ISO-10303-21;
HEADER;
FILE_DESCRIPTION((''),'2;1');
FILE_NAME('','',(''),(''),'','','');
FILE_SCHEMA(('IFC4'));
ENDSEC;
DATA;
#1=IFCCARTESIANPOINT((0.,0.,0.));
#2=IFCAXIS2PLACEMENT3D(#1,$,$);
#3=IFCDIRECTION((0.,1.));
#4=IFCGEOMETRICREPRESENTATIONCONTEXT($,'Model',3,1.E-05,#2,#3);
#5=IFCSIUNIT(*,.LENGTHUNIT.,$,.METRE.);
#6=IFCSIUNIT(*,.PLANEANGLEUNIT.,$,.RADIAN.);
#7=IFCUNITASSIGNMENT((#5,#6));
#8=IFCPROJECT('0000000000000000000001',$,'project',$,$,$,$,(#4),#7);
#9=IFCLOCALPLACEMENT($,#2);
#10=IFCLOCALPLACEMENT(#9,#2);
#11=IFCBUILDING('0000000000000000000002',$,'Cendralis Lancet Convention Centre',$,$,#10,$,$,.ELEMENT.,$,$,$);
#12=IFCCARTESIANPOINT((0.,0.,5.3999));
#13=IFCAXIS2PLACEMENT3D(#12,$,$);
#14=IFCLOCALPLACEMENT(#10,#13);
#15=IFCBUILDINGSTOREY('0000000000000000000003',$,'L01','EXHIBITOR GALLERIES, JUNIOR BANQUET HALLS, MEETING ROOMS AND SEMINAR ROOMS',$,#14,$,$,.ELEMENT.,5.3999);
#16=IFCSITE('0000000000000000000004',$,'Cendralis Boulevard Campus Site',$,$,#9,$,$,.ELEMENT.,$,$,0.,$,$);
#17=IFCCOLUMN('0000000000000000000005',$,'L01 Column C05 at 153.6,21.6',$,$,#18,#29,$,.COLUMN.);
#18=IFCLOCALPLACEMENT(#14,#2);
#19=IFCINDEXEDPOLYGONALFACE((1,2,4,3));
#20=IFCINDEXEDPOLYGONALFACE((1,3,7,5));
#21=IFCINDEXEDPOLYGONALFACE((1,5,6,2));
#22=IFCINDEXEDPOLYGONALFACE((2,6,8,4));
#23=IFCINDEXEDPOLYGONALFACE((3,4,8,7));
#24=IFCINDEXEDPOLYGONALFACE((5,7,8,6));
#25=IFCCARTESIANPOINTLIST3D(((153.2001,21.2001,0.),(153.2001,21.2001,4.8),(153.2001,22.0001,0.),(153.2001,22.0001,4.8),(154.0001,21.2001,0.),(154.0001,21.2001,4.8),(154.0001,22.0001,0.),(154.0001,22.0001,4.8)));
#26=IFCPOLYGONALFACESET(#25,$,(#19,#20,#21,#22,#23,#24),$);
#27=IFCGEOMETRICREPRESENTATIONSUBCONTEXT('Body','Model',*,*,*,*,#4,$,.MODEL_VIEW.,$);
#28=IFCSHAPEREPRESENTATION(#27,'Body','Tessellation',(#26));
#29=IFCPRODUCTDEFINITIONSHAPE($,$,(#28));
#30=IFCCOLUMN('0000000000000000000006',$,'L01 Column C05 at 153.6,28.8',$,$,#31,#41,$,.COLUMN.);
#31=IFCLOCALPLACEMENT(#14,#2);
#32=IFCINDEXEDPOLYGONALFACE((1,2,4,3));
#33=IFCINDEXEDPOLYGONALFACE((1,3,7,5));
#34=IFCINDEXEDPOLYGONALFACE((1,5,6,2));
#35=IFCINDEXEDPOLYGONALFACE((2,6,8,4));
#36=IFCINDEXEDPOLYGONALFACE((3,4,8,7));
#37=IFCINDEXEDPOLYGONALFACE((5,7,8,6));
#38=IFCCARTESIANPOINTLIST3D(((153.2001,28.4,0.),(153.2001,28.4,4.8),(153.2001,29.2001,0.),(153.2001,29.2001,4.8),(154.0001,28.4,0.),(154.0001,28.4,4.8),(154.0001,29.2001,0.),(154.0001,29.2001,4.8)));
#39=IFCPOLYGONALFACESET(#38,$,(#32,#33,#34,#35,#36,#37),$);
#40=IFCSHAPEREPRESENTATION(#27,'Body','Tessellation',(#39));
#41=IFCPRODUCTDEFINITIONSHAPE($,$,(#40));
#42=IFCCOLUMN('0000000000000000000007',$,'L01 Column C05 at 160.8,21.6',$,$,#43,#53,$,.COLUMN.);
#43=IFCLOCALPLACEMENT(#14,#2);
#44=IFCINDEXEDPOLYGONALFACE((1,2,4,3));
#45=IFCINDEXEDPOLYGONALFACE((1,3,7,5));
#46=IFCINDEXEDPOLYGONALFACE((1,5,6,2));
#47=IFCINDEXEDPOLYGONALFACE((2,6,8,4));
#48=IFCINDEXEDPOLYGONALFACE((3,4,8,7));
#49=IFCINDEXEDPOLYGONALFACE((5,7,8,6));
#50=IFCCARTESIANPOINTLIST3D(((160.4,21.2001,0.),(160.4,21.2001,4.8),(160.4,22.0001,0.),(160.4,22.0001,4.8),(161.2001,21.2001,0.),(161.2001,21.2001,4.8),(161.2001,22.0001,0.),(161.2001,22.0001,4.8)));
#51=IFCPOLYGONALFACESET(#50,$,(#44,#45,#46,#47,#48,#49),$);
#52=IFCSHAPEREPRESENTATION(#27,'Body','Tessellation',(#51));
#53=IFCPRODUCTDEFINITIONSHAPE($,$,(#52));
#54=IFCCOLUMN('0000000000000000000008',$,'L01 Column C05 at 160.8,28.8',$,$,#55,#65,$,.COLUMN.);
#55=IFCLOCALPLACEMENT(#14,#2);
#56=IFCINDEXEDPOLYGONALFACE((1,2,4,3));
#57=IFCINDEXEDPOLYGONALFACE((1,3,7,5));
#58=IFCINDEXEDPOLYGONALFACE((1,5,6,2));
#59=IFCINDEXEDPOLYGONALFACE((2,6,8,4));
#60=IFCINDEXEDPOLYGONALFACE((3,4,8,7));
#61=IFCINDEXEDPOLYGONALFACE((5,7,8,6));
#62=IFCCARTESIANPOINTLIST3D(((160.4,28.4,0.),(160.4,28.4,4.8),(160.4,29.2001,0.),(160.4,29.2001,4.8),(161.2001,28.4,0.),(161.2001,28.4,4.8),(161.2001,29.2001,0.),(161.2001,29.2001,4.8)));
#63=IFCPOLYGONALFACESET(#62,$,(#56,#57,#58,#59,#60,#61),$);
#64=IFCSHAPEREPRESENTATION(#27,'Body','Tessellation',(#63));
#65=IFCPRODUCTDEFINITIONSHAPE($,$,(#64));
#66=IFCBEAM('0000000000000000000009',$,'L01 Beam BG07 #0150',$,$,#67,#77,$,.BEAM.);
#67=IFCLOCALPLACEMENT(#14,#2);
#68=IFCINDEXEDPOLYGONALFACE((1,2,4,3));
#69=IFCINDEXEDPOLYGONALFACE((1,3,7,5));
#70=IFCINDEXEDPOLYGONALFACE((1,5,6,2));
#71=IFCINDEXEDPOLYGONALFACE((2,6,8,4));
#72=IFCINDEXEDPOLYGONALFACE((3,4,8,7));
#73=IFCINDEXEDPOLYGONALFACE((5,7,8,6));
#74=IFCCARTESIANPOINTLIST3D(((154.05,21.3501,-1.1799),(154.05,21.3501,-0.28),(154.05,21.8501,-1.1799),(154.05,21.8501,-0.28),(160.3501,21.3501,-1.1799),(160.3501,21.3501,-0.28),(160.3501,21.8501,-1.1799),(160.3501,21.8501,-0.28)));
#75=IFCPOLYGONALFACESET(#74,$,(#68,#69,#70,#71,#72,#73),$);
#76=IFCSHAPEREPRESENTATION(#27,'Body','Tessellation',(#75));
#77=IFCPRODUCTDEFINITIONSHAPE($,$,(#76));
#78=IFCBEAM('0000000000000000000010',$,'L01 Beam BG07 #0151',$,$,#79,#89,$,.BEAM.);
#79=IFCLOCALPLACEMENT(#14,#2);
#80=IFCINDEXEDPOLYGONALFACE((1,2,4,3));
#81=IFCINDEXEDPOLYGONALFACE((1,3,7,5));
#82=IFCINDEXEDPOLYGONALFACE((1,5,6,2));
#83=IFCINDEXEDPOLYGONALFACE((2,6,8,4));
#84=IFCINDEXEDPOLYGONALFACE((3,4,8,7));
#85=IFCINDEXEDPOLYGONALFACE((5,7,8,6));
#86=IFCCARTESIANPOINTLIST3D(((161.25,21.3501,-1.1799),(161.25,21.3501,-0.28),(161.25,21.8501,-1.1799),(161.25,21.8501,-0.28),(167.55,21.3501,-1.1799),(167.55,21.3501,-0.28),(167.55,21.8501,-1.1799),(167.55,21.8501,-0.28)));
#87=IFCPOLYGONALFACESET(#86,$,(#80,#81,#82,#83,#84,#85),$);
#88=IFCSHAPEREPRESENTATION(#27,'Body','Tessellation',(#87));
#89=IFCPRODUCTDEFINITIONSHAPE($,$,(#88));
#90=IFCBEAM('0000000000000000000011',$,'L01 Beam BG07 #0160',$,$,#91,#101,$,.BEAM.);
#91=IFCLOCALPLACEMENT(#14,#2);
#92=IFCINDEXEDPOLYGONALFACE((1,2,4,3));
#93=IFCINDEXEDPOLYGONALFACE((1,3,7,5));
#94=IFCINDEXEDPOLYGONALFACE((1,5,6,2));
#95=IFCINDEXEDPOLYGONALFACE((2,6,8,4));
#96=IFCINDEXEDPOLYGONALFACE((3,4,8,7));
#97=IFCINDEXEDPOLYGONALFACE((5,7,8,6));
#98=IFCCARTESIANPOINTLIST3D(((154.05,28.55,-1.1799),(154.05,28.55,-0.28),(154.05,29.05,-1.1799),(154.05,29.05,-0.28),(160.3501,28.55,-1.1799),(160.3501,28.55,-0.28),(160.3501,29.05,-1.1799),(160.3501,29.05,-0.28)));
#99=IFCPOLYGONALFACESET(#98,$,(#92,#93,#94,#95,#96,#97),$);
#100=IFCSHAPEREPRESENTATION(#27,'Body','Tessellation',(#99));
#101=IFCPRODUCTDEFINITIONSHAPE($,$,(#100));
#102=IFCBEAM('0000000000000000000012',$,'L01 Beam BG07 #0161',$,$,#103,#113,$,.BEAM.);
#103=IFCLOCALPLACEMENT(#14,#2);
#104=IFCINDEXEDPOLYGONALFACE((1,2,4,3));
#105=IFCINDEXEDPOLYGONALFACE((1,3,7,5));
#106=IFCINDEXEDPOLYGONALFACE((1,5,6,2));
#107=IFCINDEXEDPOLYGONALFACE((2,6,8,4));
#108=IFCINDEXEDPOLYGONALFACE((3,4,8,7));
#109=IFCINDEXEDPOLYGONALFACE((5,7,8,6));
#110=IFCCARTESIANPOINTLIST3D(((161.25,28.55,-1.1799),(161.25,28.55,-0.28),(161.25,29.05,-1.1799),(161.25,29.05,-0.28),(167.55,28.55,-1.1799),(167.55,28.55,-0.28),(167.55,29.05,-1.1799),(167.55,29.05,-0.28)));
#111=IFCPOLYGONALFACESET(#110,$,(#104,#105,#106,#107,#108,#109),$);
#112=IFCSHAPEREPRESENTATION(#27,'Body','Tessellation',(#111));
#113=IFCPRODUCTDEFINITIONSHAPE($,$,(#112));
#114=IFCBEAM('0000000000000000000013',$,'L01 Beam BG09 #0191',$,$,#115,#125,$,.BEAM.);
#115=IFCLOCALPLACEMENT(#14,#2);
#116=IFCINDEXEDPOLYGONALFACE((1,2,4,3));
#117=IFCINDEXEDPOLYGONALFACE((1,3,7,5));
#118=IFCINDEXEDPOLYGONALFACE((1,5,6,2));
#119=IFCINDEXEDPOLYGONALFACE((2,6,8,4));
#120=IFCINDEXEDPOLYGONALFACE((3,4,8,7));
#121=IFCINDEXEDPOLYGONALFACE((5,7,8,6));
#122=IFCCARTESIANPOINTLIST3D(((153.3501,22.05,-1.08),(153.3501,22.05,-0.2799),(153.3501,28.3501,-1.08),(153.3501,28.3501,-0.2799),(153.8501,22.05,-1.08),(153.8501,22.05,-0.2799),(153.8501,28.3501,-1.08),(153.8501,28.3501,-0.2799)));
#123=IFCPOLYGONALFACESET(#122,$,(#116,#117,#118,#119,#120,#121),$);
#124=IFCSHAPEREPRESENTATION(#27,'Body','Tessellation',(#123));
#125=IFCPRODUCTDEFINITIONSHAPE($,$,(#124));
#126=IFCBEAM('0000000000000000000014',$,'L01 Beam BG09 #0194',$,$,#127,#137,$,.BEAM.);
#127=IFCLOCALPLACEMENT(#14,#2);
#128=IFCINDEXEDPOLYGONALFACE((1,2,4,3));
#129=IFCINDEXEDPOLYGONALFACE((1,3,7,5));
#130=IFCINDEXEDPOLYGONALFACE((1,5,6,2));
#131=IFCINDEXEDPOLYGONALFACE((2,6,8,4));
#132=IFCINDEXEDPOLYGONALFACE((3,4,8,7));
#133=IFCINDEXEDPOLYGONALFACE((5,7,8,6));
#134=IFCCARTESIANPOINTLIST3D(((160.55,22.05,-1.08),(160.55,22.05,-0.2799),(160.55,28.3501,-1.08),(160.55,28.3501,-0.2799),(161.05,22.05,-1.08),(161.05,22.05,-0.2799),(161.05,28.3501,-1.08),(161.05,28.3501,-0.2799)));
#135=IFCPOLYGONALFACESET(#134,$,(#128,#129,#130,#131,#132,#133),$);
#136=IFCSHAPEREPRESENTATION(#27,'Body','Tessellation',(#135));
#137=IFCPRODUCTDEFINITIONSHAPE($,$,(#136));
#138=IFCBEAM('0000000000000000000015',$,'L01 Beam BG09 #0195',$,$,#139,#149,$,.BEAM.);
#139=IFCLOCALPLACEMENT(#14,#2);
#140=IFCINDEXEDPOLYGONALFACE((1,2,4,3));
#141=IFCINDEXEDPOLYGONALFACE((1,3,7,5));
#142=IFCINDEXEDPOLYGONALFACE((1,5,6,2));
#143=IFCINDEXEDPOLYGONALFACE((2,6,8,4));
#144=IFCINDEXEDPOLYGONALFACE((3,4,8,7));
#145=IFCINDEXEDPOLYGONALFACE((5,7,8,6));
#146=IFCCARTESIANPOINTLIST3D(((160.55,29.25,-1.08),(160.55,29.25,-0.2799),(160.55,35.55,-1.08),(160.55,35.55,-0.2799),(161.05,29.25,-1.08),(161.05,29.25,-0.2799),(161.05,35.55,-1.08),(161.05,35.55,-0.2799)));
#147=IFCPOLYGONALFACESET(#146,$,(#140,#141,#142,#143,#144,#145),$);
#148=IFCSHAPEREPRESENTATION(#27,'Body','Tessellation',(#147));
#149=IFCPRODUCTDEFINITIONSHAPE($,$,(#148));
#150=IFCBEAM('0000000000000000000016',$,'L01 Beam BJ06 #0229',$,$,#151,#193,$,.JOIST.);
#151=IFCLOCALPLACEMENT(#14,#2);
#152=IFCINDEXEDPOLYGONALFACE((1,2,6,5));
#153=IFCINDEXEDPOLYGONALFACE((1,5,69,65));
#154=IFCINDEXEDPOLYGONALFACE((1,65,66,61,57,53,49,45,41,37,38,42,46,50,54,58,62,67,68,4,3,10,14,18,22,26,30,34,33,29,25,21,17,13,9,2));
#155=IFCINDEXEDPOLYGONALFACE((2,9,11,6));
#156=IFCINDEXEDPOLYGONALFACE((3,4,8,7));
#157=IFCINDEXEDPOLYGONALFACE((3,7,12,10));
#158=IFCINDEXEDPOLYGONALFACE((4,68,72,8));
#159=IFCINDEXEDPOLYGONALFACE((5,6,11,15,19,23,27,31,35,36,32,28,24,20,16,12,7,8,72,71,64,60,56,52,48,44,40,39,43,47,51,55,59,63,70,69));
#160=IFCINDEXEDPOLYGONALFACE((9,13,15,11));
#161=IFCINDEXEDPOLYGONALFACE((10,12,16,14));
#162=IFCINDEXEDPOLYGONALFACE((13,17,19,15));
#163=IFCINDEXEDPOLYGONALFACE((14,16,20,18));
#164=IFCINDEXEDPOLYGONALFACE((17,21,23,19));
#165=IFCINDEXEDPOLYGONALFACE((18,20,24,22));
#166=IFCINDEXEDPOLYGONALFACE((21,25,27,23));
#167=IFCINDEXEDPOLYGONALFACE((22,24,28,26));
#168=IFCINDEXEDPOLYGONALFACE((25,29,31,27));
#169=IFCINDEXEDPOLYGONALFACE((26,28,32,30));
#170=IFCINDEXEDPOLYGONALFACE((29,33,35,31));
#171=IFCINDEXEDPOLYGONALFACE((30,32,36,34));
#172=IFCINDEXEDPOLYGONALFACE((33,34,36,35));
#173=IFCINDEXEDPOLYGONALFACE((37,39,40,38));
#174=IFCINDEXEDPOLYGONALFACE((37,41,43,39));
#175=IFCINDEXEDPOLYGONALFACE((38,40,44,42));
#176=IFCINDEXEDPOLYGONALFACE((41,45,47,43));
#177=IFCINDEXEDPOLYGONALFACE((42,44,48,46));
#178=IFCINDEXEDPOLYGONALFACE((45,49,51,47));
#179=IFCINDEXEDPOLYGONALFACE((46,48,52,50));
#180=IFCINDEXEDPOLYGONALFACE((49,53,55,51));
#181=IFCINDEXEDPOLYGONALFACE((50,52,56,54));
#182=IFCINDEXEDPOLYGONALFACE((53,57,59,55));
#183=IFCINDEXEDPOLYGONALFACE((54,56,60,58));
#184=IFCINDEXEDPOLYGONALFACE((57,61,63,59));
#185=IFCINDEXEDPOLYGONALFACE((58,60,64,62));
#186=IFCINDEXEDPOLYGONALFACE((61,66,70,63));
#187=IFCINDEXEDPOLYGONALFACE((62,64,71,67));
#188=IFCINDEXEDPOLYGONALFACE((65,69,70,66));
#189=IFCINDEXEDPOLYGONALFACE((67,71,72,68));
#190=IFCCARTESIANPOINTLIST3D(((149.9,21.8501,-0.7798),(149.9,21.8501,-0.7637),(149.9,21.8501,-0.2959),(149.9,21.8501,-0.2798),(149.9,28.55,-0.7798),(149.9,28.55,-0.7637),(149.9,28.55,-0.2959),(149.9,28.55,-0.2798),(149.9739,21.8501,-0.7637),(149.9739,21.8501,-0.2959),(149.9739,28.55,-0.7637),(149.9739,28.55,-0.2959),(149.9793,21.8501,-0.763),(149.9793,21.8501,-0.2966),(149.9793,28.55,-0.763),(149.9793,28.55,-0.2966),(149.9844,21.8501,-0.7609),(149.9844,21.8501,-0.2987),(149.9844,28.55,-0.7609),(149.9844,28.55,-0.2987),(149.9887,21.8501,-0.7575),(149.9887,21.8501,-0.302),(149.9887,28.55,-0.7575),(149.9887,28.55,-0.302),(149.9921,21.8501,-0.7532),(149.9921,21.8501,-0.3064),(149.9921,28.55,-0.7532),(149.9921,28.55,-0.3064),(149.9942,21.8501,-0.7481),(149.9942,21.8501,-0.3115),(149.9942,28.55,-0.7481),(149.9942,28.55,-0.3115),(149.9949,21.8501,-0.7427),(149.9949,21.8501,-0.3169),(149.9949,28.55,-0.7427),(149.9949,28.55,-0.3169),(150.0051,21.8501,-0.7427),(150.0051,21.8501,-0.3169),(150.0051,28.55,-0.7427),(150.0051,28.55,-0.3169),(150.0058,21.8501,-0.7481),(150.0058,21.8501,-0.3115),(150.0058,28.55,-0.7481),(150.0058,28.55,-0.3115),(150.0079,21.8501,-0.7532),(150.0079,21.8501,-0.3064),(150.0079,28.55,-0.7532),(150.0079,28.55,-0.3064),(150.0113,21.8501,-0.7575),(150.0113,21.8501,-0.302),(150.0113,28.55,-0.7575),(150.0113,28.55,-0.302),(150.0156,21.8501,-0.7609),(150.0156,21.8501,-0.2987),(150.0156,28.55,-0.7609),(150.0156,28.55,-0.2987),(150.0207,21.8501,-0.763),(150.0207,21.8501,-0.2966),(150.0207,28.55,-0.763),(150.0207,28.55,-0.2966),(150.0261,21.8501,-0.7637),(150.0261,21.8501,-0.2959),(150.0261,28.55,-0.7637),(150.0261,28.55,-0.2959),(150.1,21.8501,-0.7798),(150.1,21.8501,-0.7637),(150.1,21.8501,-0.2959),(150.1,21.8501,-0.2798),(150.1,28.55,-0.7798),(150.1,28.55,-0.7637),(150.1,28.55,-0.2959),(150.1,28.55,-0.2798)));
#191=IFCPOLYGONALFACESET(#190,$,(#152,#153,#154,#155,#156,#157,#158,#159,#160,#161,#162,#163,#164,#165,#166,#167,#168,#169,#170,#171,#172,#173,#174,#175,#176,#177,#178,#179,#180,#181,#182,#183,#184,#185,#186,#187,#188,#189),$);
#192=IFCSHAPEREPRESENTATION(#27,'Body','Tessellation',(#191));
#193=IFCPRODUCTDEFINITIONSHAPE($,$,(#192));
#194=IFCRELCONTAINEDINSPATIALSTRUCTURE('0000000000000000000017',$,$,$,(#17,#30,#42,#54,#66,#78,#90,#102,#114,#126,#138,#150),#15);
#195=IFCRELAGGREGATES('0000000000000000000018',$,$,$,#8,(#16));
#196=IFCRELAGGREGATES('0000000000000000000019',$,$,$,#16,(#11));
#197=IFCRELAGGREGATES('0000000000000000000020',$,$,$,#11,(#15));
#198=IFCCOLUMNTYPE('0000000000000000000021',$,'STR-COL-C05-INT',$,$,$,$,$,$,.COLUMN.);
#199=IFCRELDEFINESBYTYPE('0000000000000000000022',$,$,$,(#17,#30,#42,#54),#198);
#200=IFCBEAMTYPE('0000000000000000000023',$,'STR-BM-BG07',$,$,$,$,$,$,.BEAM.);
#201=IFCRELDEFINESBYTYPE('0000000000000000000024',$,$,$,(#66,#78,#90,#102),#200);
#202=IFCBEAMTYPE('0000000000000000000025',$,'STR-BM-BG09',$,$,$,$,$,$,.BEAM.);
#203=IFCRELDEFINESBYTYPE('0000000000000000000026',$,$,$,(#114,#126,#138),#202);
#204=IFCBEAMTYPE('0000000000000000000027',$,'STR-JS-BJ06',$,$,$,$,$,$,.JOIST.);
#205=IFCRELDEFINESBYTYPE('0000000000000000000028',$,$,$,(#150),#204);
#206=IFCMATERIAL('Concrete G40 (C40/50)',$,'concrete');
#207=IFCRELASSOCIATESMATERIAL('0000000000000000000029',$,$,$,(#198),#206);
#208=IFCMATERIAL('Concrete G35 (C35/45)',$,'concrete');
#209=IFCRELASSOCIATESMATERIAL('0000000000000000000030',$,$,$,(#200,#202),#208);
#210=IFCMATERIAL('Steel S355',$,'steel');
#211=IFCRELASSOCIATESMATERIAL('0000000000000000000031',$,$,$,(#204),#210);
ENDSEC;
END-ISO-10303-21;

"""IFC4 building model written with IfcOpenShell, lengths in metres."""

from ifc_helpers import new_model, si_unit, direction, frame, origin, origin_2d, place, context, subcontext, project, spatial, rectangle, i_section, extrude, material, material_profile, profile_set, type_object, element, save


model = new_model("IFC4")

# Units and contexts
model_context = context("Model", 3, precision=1e-05, world=origin(), true_north=direction((0.0, 1.0)))
body_context = subcontext(model_context, "Body", "Model", "MODEL_VIEW")
ifc_project = project(units=[si_unit("LENGTHUNIT", "METRE"), si_unit("PLANEANGLEUNIT", "RADIAN")], contexts=[model_context])

# Site, building, storey
site_placement = place(None, origin())
site = spatial("IfcSite", under=ifc_project, at=site_placement, Name="Cendralis Boulevard Campus Site", CompositionType="ELEMENT", RefElevation=0.0)
building_placement = place(site_placement, origin())
building = spatial("IfcBuilding", under=site, at=building_placement, Name="Cendralis Lancet Convention Centre", CompositionType="ELEMENT")
storey_placement = place(building_placement, frame((0.0, 0.0, 5.3999)))
storey = spatial("IfcBuildingStorey", under=building, at=storey_placement, Name="L01", Description="EXHIBITOR GALLERIES, JUNIOR BANQUET HALLS, MEETING ROOMS AND SEMINAR ROOMS", CompositionType="ELEMENT", Elevation=5.3999)

# Columns
ifc_material_1 = material(Name="Concrete G40 (C40/50)", Category="concrete")
ifc_material_profile_1 = material_profile(ifc_material_1, rectangle(XDim=0.8, YDim=0.8, at=origin_2d()), Name="RC 800x800")
ifc_profile_set_1 = profile_set([ifc_material_profile_1], Name="Concrete G40 (C40/50)")
column_type = type_object("IfcColumnType", Name="STR-COL-C05-INT", PredefinedType="COLUMN", material=ifc_profile_set_1)
for number, where, z_axis, x_axis, name in (
    (1, (153.6001, 21.6001, 0.0), (0.0, 0.0, 1.0), (1.0, 0.0, 0.0), "L01 Column C05 at 153.6,21.6"),
    (2, (153.6001, 28.8, 0.0), (0.0, 0.0, 1.0), (1.0, 0.0, 0.0), "L01 Column C05 at 153.6,28.8"),
    (3, (160.8, 21.6001, 0.0), (0.0, 0.0, 1.0), (1.0, 0.0, 0.0), "L01 Column C05 at 160.8,21.6"),
    (4, (160.8, 28.8, 0.0), (0.0, 0.0, 1.0), (1.0, 0.0, 0.0), "L01 Column C05 at 160.8,28.8"),
):
    element("IfcColumn", number, at=place(storey_placement, frame(where, z_axis=z_axis, x_axis=x_axis)), inside=storey, type_object=column_type, Name=name, PredefinedType="COLUMN", context=body_context, shape_type="SweptSolid", body=[
        extrude(rectangle(XDim=0.8, YDim=0.8, at=origin_2d()), origin(), (0.0, 0.0, 1.0), 4.8),
    ])

# Beams
ifc_material_2 = material(Name="Concrete G35 (C35/45)", Category="concrete")
ifc_material_profile_2 = material_profile(ifc_material_2, rectangle(XDim=0.5, YDim=0.8999, at=origin_2d()), Name="RCB 500x900")
ifc_profile_set_2 = profile_set([ifc_material_profile_2], Name="Concrete G35 (C35/45)")
beam_type_1 = type_object("IfcBeamType", Name="STR-BM-BG07", PredefinedType="BEAM", material=ifc_profile_set_2)
for number, where, z_axis, x_axis, name in (
    (5, (154.05, 21.6001, -0.73), (1.0, 0.0, 0.0), (0.0, 1.0, 0.0), "L01 Beam BG07 #0150"),
    (6, (161.25, 21.6001, -0.73), (1.0, 0.0, 0.0), (0.0, 1.0, 0.0), "L01 Beam BG07 #0151"),
    (7, (154.05, 28.8, -0.73), (1.0, 0.0, 0.0), (0.0, 1.0, 0.0), "L01 Beam BG07 #0160"),
    (8, (161.25, 28.8, -0.73), (1.0, 0.0, 0.0), (0.0, 1.0, 0.0), "L01 Beam BG07 #0161"),
):
    element("IfcBeam", number, at=place(storey_placement, frame(where, z_axis=z_axis, x_axis=x_axis)), inside=storey, type_object=beam_type_1, Name=name, PredefinedType="BEAM", context=body_context, shape_type="SweptSolid", body=[
        extrude(rectangle(XDim=0.5, YDim=0.8999, at=origin_2d()), origin(), (0.0, 0.0, 1.0), 6.3),
    ])
ifc_material_profile_3 = material_profile(ifc_material_2, rectangle(XDim=0.5, YDim=0.8, at=origin_2d()), Name="RCB 500x800")
ifc_profile_set_3 = profile_set([ifc_material_profile_3], Name="Concrete G35 (C35/45)")
beam_type_2 = type_object("IfcBeamType", Name="STR-BM-BG09", PredefinedType="BEAM", material=ifc_profile_set_3)
for number, where, z_axis, x_axis, name in (
    (9, (153.6001, 22.05, -0.6799), (0.0, 1.0, 0.0), (-1.0, 0.0, 0.0), "L01 Beam BG09 #0191"),
    (10, (160.8, 22.05, -0.6799), (0.0, 1.0, 0.0), (-1.0, 0.0, 0.0), "L01 Beam BG09 #0194"),
    (11, (160.8, 29.25, -0.6799), (0.0, 1.0, 0.0), (-1.0, 0.0, 0.0), "L01 Beam BG09 #0195"),
):
    element("IfcBeam", number, at=place(storey_placement, frame(where, z_axis=z_axis, x_axis=x_axis)), inside=storey, type_object=beam_type_2, Name=name, PredefinedType="BEAM", context=body_context, shape_type="SweptSolid", body=[
        extrude(rectangle(XDim=0.5, YDim=0.8, at=origin_2d()), origin(), (0.0, 0.0, 1.0), 6.3),
    ])
ifc_material_3 = material(Name="Steel S355", Category="steel")
ifc_material_profile_4 = material_profile(ifc_material_3, i_section(OverallWidth=0.2, OverallDepth=0.5, WebThickness=0.0103, FlangeThickness=0.0161, FilletRadius=0.021, at=origin_2d()), Name="IPE 500")
ifc_profile_set_4 = profile_set([ifc_material_profile_4], Name="Steel S355")
beam_type_3 = type_object("IfcBeamType", Name="STR-JS-BJ06", PredefinedType="JOIST", material=ifc_profile_set_4)
beam_1_placement = place(storey_placement, frame((150.0, 21.8501, -0.5298), z_axis=(0.0, 1.0, 0.0), x_axis=(-1.0, 0.0, 0.0)))
element("IfcBeam", 12, at=beam_1_placement, inside=storey, type_object=beam_type_3, Name="L01 Beam BJ06 #0229", PredefinedType="JOIST", context=body_context, shape_type="SweptSolid", body=[
    extrude(i_section(OverallWidth=0.2, OverallDepth=0.5, WebThickness=0.0103, FlangeThickness=0.0161, FilletRadius=0.021, at=origin_2d()), origin(), (0.0, 0.0, 1.0), 6.7),
])

save(model, "model.ifc")
